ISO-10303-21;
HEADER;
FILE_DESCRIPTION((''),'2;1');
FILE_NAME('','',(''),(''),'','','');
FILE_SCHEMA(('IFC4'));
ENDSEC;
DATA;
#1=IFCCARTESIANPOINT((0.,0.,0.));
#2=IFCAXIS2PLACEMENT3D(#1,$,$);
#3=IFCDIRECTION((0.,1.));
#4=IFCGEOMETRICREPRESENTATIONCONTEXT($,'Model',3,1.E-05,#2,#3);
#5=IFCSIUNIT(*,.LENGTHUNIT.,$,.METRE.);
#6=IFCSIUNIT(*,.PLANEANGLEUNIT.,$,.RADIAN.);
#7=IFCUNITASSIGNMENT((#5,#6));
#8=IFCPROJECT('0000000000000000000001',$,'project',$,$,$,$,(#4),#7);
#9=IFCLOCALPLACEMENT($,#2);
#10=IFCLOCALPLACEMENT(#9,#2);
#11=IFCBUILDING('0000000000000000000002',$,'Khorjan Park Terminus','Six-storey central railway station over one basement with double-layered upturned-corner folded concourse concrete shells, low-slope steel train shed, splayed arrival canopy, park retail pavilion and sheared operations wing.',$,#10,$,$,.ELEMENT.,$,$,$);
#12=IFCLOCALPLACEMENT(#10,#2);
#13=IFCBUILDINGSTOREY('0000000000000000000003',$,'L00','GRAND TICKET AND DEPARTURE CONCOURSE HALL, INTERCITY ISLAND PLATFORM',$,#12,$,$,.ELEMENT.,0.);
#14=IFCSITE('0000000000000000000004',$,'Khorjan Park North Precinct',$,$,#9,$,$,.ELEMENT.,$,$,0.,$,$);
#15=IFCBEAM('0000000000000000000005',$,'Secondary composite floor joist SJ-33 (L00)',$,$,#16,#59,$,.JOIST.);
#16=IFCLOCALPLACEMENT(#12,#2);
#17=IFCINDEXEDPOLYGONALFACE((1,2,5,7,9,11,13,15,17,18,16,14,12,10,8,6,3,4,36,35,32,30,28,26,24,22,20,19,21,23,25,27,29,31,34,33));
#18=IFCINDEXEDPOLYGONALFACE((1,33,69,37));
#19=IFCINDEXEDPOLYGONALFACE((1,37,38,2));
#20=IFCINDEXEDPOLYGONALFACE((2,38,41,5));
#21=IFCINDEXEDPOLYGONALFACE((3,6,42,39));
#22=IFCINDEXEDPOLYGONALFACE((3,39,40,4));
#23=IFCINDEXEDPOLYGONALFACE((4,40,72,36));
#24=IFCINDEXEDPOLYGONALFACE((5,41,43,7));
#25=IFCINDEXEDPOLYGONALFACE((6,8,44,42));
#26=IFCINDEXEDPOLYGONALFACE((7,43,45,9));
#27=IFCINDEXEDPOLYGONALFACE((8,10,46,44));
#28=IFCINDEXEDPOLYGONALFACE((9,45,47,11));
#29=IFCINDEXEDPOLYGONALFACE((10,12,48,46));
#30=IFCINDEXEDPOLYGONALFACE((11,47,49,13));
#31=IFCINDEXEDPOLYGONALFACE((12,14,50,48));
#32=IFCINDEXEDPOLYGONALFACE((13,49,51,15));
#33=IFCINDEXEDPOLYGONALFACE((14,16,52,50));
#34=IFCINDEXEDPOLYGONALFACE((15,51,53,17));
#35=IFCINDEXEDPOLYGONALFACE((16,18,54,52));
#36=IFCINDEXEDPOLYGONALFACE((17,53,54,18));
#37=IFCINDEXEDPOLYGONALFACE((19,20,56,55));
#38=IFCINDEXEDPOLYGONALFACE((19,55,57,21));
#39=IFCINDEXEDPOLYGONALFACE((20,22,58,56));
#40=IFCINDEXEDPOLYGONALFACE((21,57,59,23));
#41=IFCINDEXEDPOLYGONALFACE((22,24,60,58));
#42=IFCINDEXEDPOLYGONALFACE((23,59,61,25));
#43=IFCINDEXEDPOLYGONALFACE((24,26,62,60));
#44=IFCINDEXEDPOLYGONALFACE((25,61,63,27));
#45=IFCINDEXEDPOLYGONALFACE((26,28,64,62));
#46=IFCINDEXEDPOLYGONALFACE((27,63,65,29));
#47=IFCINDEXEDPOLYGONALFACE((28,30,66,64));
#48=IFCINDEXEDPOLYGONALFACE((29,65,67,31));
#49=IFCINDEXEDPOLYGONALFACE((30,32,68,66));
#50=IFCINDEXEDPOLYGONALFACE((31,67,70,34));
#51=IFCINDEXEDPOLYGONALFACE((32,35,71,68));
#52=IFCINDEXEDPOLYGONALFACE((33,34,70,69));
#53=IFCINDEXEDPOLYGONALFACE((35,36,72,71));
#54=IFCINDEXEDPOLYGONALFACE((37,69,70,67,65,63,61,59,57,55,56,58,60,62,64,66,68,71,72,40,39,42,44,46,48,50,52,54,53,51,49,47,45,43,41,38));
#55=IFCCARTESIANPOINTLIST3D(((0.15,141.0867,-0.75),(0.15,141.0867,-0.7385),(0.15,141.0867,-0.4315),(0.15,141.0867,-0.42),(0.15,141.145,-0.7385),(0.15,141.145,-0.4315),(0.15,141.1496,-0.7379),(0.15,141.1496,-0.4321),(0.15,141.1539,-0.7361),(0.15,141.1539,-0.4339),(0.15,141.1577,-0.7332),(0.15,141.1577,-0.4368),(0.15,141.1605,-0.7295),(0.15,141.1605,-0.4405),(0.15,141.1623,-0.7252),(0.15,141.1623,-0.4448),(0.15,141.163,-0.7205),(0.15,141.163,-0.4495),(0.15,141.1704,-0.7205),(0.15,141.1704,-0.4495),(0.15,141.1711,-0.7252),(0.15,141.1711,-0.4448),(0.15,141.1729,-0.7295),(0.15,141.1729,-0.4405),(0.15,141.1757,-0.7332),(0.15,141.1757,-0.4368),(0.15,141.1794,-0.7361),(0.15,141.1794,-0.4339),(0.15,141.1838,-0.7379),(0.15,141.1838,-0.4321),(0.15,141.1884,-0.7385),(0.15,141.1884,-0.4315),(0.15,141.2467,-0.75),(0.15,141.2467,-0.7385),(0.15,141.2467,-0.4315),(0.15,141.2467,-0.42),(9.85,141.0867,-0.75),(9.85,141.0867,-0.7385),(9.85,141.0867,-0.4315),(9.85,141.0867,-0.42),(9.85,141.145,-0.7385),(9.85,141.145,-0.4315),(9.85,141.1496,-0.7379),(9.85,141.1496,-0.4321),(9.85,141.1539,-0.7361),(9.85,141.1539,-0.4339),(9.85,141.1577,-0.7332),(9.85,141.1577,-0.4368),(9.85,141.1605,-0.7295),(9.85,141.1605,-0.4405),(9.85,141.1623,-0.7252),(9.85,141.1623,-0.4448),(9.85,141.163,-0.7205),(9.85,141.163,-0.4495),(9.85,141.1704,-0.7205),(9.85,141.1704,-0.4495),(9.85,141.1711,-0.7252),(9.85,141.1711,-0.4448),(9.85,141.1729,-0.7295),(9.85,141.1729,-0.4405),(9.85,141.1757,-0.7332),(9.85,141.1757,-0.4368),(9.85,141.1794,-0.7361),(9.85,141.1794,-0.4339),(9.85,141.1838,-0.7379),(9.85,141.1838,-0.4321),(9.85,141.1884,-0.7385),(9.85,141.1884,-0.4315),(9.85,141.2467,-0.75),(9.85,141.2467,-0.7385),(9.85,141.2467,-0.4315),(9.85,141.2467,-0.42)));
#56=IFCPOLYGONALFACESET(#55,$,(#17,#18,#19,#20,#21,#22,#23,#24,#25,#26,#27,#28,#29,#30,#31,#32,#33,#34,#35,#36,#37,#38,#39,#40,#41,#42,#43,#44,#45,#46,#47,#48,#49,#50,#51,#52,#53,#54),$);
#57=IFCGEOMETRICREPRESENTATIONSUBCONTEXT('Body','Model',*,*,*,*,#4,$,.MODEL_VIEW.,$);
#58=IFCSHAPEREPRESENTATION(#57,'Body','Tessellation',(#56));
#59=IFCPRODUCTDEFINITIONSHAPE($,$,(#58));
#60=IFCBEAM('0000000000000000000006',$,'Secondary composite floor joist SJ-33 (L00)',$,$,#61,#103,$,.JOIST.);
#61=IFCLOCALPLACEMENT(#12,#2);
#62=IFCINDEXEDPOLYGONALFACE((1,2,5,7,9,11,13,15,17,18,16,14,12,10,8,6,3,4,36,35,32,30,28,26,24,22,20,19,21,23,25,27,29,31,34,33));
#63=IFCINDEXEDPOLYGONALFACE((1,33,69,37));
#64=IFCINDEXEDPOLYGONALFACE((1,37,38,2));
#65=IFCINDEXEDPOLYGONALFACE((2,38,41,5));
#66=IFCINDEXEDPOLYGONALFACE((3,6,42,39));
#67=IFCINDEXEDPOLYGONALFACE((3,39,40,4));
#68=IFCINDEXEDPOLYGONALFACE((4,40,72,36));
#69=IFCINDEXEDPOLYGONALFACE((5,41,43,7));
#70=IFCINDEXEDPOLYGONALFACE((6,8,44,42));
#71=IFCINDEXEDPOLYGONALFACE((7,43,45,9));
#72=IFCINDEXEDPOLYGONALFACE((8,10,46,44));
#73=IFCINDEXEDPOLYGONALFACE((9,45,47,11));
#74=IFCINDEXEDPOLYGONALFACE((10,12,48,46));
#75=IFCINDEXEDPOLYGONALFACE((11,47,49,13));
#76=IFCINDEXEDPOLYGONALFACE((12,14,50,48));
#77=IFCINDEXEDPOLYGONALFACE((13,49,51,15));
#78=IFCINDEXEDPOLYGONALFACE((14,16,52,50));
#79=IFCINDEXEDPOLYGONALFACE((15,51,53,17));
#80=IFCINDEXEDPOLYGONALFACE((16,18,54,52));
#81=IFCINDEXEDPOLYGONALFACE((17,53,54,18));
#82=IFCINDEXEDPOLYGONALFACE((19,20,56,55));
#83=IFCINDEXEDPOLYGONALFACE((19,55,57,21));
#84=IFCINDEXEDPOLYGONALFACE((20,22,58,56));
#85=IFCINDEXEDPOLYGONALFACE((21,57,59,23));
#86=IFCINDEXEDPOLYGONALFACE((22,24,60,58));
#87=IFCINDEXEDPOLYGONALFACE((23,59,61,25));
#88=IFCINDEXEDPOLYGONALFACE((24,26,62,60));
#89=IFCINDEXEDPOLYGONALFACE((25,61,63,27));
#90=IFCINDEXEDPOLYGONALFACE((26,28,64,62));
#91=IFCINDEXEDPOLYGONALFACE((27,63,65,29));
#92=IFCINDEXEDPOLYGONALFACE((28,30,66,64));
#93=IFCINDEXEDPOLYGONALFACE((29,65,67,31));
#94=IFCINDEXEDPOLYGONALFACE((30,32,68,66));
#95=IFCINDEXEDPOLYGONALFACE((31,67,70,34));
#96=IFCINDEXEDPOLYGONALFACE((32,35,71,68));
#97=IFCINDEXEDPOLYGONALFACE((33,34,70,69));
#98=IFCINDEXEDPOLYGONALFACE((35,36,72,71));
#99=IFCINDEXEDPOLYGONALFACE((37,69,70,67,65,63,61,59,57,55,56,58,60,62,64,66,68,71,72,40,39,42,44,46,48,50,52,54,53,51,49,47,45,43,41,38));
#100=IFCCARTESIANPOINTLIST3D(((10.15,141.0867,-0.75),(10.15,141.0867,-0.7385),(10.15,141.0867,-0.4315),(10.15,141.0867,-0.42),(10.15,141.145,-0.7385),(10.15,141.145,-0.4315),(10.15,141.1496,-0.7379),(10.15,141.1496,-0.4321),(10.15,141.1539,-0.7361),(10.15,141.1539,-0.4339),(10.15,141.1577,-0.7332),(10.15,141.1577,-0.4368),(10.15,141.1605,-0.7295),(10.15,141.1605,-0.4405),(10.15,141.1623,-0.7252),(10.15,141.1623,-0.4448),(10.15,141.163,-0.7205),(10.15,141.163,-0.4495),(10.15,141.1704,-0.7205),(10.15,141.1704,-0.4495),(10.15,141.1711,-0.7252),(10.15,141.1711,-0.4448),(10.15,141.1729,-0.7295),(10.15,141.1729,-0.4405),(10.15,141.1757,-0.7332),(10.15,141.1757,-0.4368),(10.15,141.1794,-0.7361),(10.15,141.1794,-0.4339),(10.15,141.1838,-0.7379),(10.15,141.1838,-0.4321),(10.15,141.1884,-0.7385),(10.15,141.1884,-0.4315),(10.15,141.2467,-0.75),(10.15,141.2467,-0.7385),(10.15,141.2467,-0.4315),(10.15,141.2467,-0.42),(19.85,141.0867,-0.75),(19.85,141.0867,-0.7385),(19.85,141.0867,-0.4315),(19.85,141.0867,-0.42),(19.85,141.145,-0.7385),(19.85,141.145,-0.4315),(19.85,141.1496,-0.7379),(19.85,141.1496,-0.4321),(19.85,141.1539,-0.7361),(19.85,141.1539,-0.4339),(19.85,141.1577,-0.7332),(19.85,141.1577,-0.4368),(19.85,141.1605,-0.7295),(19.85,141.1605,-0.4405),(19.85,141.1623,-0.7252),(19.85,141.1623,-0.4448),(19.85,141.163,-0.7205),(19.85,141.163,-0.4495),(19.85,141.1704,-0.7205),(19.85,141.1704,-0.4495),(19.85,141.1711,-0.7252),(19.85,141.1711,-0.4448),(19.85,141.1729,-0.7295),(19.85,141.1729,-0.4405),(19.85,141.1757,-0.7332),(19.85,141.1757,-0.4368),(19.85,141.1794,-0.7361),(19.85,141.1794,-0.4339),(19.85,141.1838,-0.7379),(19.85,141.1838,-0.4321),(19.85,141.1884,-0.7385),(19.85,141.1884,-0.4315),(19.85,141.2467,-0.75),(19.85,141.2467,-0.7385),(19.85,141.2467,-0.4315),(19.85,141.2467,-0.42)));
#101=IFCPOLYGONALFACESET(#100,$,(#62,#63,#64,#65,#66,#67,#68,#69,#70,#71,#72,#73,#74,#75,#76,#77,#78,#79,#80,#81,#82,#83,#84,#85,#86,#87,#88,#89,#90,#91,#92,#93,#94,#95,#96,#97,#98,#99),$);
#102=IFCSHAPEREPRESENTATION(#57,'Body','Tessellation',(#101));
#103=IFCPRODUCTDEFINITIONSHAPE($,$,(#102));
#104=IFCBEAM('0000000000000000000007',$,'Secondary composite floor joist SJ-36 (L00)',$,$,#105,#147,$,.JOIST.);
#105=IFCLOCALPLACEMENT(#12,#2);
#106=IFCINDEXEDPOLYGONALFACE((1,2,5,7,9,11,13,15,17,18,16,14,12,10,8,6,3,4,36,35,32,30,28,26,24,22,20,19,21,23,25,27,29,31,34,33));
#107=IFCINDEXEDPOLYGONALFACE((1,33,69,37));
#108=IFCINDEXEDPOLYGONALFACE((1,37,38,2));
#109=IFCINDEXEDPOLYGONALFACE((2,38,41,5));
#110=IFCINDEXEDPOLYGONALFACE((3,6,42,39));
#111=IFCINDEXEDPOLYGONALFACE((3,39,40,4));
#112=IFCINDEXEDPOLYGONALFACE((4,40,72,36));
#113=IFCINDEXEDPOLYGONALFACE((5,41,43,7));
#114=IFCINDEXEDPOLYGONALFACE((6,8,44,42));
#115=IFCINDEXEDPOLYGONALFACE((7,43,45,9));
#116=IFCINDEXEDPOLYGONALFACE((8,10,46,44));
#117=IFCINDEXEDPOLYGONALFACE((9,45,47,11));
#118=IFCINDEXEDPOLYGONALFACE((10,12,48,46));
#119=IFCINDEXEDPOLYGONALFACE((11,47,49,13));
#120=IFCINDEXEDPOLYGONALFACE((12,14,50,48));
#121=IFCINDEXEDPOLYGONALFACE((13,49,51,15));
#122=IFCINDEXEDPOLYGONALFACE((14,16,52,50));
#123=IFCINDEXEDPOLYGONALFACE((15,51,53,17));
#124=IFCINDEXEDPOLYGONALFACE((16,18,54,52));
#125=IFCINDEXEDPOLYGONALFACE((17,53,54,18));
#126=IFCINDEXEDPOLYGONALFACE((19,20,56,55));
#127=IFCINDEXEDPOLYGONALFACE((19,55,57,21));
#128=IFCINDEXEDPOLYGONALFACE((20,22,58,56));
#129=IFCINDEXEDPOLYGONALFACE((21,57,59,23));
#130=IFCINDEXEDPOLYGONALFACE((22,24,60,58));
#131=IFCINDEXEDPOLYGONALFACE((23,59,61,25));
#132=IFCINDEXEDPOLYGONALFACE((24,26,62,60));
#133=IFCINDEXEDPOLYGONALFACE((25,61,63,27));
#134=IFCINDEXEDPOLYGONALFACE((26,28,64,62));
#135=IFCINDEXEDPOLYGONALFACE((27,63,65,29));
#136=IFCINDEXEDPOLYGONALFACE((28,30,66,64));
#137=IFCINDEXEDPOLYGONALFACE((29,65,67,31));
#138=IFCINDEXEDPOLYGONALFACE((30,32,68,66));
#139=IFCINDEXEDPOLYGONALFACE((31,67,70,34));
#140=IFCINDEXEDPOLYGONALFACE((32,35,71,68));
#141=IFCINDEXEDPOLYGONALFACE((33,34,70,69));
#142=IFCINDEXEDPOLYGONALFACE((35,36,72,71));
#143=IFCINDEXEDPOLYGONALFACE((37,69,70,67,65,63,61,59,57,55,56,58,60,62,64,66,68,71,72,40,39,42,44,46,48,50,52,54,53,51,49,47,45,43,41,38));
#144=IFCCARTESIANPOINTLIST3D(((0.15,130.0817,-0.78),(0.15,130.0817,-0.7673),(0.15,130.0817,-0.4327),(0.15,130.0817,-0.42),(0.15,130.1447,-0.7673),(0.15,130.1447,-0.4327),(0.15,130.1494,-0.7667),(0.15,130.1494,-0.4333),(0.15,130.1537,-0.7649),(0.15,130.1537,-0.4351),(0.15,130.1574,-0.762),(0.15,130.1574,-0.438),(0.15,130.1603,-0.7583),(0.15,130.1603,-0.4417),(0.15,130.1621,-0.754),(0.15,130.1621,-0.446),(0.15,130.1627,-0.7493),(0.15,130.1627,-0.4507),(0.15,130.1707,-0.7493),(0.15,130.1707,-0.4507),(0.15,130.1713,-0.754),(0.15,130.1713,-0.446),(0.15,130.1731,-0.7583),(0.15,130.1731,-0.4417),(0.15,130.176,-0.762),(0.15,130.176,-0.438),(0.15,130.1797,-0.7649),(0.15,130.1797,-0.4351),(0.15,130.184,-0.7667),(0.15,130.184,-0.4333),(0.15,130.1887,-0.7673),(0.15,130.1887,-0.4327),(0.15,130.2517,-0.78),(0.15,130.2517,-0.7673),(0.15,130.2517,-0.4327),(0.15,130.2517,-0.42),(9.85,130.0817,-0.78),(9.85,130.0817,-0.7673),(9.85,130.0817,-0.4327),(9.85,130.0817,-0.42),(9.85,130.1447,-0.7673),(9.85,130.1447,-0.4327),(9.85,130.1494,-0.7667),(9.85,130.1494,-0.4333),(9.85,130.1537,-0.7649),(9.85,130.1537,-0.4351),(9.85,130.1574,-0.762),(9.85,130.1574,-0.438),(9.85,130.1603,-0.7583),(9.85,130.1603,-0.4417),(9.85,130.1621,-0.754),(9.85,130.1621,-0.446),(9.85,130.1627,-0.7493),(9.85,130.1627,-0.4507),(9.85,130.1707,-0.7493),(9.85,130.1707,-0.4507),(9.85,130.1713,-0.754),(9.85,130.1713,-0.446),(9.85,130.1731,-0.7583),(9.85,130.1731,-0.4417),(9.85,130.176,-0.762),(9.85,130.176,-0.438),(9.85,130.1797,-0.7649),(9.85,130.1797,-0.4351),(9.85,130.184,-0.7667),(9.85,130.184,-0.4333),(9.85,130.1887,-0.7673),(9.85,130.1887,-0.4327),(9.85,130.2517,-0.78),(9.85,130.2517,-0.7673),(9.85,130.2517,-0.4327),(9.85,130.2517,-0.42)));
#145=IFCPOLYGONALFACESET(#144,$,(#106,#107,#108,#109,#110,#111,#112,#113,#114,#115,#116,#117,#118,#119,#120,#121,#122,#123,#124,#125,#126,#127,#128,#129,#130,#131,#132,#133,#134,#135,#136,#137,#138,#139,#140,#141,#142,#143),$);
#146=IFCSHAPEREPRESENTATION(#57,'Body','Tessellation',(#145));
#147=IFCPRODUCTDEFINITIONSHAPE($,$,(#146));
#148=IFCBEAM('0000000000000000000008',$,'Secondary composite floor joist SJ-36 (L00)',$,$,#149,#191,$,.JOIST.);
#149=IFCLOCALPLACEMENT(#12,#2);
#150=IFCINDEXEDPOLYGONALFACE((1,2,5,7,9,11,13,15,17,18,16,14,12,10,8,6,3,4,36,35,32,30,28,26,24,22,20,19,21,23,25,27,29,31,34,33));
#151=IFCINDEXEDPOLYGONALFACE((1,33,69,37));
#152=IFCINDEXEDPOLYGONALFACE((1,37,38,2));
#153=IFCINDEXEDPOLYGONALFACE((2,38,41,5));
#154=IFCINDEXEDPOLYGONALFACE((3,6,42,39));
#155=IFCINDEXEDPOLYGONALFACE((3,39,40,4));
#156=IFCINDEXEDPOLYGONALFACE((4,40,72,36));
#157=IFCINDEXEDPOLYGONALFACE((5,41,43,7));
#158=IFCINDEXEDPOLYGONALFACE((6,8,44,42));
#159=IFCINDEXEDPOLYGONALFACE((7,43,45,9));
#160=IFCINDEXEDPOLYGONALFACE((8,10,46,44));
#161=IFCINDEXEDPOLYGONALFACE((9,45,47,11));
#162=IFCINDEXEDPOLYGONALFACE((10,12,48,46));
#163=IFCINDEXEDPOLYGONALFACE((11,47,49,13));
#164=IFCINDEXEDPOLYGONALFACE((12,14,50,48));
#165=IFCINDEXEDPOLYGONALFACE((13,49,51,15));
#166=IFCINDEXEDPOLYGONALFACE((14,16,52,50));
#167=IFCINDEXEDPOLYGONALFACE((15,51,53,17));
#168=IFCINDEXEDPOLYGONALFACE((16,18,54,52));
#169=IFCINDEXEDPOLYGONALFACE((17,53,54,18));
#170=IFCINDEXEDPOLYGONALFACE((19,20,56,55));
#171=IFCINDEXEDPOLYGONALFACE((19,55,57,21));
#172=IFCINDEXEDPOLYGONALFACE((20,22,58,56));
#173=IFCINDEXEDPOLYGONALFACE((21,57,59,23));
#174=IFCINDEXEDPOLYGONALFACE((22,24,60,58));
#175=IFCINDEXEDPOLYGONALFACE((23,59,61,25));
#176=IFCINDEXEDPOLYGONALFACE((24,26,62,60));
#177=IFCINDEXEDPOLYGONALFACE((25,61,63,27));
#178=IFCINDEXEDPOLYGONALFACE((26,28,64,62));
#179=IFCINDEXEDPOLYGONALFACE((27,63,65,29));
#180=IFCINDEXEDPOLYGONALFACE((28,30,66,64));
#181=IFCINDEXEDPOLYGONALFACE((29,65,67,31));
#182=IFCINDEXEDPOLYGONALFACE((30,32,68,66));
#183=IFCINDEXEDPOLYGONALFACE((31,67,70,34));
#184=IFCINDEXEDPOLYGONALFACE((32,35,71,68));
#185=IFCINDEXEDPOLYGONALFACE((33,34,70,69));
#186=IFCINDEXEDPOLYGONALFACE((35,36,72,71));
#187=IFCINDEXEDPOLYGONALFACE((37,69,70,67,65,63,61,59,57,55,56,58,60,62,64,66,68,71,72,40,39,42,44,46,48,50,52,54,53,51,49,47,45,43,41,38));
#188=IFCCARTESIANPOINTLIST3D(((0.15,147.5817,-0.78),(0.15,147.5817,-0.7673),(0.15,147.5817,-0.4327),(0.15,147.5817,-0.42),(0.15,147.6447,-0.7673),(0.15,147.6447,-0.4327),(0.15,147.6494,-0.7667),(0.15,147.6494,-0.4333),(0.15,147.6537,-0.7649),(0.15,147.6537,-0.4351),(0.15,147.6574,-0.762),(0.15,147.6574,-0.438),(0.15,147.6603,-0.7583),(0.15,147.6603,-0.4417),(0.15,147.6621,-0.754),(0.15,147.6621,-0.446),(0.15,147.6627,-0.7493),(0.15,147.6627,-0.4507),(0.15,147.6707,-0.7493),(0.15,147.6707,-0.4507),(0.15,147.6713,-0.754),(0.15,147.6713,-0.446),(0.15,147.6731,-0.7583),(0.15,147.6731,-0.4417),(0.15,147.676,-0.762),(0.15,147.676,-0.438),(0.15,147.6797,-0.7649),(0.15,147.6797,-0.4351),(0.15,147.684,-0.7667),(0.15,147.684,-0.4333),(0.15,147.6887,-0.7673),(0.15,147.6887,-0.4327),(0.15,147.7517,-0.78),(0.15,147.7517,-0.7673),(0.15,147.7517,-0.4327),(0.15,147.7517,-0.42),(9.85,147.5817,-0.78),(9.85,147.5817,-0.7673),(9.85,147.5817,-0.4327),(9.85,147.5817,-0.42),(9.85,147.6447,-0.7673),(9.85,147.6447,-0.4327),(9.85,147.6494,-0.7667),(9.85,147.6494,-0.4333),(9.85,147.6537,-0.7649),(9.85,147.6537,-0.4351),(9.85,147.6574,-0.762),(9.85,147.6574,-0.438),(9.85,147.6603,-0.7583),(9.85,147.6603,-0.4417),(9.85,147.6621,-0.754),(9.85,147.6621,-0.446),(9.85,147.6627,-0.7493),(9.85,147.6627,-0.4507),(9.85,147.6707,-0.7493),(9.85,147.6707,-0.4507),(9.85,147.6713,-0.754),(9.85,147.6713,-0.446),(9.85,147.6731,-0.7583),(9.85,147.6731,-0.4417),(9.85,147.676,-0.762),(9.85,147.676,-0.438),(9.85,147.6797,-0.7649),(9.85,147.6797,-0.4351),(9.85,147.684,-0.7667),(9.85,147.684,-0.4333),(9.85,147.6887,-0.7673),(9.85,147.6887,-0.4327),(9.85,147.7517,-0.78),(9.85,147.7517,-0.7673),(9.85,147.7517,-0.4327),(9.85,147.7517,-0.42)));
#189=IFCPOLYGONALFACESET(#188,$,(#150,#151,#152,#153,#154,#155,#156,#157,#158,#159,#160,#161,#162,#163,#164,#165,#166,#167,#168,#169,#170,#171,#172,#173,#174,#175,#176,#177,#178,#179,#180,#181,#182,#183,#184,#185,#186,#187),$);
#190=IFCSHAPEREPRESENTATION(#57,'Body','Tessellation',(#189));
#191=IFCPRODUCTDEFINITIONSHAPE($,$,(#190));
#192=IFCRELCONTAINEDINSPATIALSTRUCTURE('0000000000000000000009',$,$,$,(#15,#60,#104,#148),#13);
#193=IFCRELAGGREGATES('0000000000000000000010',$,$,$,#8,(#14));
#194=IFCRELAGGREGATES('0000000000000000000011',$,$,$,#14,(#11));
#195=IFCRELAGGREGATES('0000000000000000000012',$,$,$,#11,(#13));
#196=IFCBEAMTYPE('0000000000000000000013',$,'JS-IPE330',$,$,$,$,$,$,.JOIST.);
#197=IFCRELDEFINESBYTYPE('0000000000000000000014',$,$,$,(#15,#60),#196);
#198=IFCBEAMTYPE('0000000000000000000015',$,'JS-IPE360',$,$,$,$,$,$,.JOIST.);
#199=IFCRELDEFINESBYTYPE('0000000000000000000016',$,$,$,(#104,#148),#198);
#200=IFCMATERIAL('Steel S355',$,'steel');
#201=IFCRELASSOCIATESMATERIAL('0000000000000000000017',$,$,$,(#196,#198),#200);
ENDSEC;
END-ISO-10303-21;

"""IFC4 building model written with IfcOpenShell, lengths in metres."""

from ifc_helpers import new_model, si_unit, direction, frame, origin, origin_2d, place, context, subcontext, project, spatial, i_section, extrude, material, material_profile, profile_set, type_object, element, save


model = new_model("IFC4")

# Units and contexts
model_context = context("Model", 3, precision=1e-05, world=origin(), true_north=direction((0.0, 1.0)))
body_context = subcontext(model_context, "Body", "Model", "MODEL_VIEW")
ifc_project = project(units=[si_unit("LENGTHUNIT", "METRE"), si_unit("PLANEANGLEUNIT", "RADIAN")], contexts=[model_context])

# Site, building, storey
site_placement = place(None, origin())
site = spatial("IfcSite", under=ifc_project, at=site_placement, Name="Khorjan Park North Precinct", CompositionType="ELEMENT", RefElevation=0.0)
building_placement = place(site_placement, origin())
building = spatial("IfcBuilding", under=site, at=building_placement, Name="Khorjan Park Terminus", Description="Six-storey central railway station over one basement with double-layered upturned-corner folded concourse concrete shells, low-slope steel train shed, splayed arrival canopy, park retail pavilion and sheared operations wing.", CompositionType="ELEMENT")
storey_placement = place(building_placement, origin())
storey = spatial("IfcBuildingStorey", under=building, at=storey_placement, Name="L00", Description="GRAND TICKET AND DEPARTURE CONCOURSE HALL, INTERCITY ISLAND PLATFORM", CompositionType="ELEMENT", Elevation=0.0)

# Shared definitions
ifc_material = material(Name="Steel S355", Category="steel")

# Beams
ifc_material_profile_1 = material_profile(ifc_material, i_section(OverallWidth=0.16, OverallDepth=0.33, WebThickness=0.0075, FlangeThickness=0.0115, FilletRadius=0.018, at=origin_2d()), Name="IPE 330")
ifc_profile_set_1 = profile_set([ifc_material_profile_1], Name="Steel S355")
beam_type_1 = type_object("IfcBeamType", Name="JS-IPE330", PredefinedType="JOIST", material=ifc_profile_set_1)
for number, where, z_axis, x_axis, name in (
    (1, (0.15, 141.1667, -0.585), (1.0, 0.0, 0.0), (0.0, 1.0, 0.0), "Secondary composite floor joist SJ-33 (L00)"),
    (2, (10.15, 141.1667, -0.585), (1.0, 0.0, 0.0), (0.0, 1.0, 0.0), "Secondary composite floor joist SJ-33 (L00)"),
):
    element("IfcBeam", number, at=place(storey_placement, frame(where, z_axis=z_axis, x_axis=x_axis)), inside=storey, type_object=beam_type_1, Name=name, PredefinedType="JOIST", context=body_context, shape_type="SweptSolid", body=[
        extrude(i_section(OverallWidth=0.16, OverallDepth=0.33, WebThickness=0.0075, FlangeThickness=0.0115, FilletRadius=0.018, at=origin_2d()), origin(), (0.0, 0.0, 1.0), 9.7),
    ])
ifc_material_profile_2 = material_profile(ifc_material, i_section(OverallWidth=0.17, OverallDepth=0.36, WebThickness=0.008, FlangeThickness=0.0127, FilletRadius=0.018, at=origin_2d()), Name="IPE 360")
ifc_profile_set_2 = profile_set([ifc_material_profile_2], Name="Steel S355")
beam_type_2 = type_object("IfcBeamType", Name="JS-IPE360", PredefinedType="JOIST", material=ifc_profile_set_2)
for number, where, z_axis, x_axis, name in (
    (3, (0.15, 130.1667, -0.6), (1.0, 0.0, 0.0), (0.0, 1.0, 0.0), "Secondary composite floor joist SJ-36 (L00)"),
    (4, (0.15, 147.6667, -0.6), (1.0, 0.0, 0.0), (0.0, 1.0, 0.0), "Secondary composite floor joist SJ-36 (L00)"),
):
    element("IfcBeam", number, at=place(storey_placement, frame(where, z_axis=z_axis, x_axis=x_axis)), inside=storey, type_object=beam_type_2, Name=name, PredefinedType="JOIST", context=body_context, shape_type="SweptSolid", body=[
        extrude(i_section(OverallWidth=0.17, OverallDepth=0.36, WebThickness=0.008, FlangeThickness=0.0127, FilletRadius=0.018, at=origin_2d()), origin(), (0.0, 0.0, 1.0), 9.7),
    ])

save(model, "model.ifc")
